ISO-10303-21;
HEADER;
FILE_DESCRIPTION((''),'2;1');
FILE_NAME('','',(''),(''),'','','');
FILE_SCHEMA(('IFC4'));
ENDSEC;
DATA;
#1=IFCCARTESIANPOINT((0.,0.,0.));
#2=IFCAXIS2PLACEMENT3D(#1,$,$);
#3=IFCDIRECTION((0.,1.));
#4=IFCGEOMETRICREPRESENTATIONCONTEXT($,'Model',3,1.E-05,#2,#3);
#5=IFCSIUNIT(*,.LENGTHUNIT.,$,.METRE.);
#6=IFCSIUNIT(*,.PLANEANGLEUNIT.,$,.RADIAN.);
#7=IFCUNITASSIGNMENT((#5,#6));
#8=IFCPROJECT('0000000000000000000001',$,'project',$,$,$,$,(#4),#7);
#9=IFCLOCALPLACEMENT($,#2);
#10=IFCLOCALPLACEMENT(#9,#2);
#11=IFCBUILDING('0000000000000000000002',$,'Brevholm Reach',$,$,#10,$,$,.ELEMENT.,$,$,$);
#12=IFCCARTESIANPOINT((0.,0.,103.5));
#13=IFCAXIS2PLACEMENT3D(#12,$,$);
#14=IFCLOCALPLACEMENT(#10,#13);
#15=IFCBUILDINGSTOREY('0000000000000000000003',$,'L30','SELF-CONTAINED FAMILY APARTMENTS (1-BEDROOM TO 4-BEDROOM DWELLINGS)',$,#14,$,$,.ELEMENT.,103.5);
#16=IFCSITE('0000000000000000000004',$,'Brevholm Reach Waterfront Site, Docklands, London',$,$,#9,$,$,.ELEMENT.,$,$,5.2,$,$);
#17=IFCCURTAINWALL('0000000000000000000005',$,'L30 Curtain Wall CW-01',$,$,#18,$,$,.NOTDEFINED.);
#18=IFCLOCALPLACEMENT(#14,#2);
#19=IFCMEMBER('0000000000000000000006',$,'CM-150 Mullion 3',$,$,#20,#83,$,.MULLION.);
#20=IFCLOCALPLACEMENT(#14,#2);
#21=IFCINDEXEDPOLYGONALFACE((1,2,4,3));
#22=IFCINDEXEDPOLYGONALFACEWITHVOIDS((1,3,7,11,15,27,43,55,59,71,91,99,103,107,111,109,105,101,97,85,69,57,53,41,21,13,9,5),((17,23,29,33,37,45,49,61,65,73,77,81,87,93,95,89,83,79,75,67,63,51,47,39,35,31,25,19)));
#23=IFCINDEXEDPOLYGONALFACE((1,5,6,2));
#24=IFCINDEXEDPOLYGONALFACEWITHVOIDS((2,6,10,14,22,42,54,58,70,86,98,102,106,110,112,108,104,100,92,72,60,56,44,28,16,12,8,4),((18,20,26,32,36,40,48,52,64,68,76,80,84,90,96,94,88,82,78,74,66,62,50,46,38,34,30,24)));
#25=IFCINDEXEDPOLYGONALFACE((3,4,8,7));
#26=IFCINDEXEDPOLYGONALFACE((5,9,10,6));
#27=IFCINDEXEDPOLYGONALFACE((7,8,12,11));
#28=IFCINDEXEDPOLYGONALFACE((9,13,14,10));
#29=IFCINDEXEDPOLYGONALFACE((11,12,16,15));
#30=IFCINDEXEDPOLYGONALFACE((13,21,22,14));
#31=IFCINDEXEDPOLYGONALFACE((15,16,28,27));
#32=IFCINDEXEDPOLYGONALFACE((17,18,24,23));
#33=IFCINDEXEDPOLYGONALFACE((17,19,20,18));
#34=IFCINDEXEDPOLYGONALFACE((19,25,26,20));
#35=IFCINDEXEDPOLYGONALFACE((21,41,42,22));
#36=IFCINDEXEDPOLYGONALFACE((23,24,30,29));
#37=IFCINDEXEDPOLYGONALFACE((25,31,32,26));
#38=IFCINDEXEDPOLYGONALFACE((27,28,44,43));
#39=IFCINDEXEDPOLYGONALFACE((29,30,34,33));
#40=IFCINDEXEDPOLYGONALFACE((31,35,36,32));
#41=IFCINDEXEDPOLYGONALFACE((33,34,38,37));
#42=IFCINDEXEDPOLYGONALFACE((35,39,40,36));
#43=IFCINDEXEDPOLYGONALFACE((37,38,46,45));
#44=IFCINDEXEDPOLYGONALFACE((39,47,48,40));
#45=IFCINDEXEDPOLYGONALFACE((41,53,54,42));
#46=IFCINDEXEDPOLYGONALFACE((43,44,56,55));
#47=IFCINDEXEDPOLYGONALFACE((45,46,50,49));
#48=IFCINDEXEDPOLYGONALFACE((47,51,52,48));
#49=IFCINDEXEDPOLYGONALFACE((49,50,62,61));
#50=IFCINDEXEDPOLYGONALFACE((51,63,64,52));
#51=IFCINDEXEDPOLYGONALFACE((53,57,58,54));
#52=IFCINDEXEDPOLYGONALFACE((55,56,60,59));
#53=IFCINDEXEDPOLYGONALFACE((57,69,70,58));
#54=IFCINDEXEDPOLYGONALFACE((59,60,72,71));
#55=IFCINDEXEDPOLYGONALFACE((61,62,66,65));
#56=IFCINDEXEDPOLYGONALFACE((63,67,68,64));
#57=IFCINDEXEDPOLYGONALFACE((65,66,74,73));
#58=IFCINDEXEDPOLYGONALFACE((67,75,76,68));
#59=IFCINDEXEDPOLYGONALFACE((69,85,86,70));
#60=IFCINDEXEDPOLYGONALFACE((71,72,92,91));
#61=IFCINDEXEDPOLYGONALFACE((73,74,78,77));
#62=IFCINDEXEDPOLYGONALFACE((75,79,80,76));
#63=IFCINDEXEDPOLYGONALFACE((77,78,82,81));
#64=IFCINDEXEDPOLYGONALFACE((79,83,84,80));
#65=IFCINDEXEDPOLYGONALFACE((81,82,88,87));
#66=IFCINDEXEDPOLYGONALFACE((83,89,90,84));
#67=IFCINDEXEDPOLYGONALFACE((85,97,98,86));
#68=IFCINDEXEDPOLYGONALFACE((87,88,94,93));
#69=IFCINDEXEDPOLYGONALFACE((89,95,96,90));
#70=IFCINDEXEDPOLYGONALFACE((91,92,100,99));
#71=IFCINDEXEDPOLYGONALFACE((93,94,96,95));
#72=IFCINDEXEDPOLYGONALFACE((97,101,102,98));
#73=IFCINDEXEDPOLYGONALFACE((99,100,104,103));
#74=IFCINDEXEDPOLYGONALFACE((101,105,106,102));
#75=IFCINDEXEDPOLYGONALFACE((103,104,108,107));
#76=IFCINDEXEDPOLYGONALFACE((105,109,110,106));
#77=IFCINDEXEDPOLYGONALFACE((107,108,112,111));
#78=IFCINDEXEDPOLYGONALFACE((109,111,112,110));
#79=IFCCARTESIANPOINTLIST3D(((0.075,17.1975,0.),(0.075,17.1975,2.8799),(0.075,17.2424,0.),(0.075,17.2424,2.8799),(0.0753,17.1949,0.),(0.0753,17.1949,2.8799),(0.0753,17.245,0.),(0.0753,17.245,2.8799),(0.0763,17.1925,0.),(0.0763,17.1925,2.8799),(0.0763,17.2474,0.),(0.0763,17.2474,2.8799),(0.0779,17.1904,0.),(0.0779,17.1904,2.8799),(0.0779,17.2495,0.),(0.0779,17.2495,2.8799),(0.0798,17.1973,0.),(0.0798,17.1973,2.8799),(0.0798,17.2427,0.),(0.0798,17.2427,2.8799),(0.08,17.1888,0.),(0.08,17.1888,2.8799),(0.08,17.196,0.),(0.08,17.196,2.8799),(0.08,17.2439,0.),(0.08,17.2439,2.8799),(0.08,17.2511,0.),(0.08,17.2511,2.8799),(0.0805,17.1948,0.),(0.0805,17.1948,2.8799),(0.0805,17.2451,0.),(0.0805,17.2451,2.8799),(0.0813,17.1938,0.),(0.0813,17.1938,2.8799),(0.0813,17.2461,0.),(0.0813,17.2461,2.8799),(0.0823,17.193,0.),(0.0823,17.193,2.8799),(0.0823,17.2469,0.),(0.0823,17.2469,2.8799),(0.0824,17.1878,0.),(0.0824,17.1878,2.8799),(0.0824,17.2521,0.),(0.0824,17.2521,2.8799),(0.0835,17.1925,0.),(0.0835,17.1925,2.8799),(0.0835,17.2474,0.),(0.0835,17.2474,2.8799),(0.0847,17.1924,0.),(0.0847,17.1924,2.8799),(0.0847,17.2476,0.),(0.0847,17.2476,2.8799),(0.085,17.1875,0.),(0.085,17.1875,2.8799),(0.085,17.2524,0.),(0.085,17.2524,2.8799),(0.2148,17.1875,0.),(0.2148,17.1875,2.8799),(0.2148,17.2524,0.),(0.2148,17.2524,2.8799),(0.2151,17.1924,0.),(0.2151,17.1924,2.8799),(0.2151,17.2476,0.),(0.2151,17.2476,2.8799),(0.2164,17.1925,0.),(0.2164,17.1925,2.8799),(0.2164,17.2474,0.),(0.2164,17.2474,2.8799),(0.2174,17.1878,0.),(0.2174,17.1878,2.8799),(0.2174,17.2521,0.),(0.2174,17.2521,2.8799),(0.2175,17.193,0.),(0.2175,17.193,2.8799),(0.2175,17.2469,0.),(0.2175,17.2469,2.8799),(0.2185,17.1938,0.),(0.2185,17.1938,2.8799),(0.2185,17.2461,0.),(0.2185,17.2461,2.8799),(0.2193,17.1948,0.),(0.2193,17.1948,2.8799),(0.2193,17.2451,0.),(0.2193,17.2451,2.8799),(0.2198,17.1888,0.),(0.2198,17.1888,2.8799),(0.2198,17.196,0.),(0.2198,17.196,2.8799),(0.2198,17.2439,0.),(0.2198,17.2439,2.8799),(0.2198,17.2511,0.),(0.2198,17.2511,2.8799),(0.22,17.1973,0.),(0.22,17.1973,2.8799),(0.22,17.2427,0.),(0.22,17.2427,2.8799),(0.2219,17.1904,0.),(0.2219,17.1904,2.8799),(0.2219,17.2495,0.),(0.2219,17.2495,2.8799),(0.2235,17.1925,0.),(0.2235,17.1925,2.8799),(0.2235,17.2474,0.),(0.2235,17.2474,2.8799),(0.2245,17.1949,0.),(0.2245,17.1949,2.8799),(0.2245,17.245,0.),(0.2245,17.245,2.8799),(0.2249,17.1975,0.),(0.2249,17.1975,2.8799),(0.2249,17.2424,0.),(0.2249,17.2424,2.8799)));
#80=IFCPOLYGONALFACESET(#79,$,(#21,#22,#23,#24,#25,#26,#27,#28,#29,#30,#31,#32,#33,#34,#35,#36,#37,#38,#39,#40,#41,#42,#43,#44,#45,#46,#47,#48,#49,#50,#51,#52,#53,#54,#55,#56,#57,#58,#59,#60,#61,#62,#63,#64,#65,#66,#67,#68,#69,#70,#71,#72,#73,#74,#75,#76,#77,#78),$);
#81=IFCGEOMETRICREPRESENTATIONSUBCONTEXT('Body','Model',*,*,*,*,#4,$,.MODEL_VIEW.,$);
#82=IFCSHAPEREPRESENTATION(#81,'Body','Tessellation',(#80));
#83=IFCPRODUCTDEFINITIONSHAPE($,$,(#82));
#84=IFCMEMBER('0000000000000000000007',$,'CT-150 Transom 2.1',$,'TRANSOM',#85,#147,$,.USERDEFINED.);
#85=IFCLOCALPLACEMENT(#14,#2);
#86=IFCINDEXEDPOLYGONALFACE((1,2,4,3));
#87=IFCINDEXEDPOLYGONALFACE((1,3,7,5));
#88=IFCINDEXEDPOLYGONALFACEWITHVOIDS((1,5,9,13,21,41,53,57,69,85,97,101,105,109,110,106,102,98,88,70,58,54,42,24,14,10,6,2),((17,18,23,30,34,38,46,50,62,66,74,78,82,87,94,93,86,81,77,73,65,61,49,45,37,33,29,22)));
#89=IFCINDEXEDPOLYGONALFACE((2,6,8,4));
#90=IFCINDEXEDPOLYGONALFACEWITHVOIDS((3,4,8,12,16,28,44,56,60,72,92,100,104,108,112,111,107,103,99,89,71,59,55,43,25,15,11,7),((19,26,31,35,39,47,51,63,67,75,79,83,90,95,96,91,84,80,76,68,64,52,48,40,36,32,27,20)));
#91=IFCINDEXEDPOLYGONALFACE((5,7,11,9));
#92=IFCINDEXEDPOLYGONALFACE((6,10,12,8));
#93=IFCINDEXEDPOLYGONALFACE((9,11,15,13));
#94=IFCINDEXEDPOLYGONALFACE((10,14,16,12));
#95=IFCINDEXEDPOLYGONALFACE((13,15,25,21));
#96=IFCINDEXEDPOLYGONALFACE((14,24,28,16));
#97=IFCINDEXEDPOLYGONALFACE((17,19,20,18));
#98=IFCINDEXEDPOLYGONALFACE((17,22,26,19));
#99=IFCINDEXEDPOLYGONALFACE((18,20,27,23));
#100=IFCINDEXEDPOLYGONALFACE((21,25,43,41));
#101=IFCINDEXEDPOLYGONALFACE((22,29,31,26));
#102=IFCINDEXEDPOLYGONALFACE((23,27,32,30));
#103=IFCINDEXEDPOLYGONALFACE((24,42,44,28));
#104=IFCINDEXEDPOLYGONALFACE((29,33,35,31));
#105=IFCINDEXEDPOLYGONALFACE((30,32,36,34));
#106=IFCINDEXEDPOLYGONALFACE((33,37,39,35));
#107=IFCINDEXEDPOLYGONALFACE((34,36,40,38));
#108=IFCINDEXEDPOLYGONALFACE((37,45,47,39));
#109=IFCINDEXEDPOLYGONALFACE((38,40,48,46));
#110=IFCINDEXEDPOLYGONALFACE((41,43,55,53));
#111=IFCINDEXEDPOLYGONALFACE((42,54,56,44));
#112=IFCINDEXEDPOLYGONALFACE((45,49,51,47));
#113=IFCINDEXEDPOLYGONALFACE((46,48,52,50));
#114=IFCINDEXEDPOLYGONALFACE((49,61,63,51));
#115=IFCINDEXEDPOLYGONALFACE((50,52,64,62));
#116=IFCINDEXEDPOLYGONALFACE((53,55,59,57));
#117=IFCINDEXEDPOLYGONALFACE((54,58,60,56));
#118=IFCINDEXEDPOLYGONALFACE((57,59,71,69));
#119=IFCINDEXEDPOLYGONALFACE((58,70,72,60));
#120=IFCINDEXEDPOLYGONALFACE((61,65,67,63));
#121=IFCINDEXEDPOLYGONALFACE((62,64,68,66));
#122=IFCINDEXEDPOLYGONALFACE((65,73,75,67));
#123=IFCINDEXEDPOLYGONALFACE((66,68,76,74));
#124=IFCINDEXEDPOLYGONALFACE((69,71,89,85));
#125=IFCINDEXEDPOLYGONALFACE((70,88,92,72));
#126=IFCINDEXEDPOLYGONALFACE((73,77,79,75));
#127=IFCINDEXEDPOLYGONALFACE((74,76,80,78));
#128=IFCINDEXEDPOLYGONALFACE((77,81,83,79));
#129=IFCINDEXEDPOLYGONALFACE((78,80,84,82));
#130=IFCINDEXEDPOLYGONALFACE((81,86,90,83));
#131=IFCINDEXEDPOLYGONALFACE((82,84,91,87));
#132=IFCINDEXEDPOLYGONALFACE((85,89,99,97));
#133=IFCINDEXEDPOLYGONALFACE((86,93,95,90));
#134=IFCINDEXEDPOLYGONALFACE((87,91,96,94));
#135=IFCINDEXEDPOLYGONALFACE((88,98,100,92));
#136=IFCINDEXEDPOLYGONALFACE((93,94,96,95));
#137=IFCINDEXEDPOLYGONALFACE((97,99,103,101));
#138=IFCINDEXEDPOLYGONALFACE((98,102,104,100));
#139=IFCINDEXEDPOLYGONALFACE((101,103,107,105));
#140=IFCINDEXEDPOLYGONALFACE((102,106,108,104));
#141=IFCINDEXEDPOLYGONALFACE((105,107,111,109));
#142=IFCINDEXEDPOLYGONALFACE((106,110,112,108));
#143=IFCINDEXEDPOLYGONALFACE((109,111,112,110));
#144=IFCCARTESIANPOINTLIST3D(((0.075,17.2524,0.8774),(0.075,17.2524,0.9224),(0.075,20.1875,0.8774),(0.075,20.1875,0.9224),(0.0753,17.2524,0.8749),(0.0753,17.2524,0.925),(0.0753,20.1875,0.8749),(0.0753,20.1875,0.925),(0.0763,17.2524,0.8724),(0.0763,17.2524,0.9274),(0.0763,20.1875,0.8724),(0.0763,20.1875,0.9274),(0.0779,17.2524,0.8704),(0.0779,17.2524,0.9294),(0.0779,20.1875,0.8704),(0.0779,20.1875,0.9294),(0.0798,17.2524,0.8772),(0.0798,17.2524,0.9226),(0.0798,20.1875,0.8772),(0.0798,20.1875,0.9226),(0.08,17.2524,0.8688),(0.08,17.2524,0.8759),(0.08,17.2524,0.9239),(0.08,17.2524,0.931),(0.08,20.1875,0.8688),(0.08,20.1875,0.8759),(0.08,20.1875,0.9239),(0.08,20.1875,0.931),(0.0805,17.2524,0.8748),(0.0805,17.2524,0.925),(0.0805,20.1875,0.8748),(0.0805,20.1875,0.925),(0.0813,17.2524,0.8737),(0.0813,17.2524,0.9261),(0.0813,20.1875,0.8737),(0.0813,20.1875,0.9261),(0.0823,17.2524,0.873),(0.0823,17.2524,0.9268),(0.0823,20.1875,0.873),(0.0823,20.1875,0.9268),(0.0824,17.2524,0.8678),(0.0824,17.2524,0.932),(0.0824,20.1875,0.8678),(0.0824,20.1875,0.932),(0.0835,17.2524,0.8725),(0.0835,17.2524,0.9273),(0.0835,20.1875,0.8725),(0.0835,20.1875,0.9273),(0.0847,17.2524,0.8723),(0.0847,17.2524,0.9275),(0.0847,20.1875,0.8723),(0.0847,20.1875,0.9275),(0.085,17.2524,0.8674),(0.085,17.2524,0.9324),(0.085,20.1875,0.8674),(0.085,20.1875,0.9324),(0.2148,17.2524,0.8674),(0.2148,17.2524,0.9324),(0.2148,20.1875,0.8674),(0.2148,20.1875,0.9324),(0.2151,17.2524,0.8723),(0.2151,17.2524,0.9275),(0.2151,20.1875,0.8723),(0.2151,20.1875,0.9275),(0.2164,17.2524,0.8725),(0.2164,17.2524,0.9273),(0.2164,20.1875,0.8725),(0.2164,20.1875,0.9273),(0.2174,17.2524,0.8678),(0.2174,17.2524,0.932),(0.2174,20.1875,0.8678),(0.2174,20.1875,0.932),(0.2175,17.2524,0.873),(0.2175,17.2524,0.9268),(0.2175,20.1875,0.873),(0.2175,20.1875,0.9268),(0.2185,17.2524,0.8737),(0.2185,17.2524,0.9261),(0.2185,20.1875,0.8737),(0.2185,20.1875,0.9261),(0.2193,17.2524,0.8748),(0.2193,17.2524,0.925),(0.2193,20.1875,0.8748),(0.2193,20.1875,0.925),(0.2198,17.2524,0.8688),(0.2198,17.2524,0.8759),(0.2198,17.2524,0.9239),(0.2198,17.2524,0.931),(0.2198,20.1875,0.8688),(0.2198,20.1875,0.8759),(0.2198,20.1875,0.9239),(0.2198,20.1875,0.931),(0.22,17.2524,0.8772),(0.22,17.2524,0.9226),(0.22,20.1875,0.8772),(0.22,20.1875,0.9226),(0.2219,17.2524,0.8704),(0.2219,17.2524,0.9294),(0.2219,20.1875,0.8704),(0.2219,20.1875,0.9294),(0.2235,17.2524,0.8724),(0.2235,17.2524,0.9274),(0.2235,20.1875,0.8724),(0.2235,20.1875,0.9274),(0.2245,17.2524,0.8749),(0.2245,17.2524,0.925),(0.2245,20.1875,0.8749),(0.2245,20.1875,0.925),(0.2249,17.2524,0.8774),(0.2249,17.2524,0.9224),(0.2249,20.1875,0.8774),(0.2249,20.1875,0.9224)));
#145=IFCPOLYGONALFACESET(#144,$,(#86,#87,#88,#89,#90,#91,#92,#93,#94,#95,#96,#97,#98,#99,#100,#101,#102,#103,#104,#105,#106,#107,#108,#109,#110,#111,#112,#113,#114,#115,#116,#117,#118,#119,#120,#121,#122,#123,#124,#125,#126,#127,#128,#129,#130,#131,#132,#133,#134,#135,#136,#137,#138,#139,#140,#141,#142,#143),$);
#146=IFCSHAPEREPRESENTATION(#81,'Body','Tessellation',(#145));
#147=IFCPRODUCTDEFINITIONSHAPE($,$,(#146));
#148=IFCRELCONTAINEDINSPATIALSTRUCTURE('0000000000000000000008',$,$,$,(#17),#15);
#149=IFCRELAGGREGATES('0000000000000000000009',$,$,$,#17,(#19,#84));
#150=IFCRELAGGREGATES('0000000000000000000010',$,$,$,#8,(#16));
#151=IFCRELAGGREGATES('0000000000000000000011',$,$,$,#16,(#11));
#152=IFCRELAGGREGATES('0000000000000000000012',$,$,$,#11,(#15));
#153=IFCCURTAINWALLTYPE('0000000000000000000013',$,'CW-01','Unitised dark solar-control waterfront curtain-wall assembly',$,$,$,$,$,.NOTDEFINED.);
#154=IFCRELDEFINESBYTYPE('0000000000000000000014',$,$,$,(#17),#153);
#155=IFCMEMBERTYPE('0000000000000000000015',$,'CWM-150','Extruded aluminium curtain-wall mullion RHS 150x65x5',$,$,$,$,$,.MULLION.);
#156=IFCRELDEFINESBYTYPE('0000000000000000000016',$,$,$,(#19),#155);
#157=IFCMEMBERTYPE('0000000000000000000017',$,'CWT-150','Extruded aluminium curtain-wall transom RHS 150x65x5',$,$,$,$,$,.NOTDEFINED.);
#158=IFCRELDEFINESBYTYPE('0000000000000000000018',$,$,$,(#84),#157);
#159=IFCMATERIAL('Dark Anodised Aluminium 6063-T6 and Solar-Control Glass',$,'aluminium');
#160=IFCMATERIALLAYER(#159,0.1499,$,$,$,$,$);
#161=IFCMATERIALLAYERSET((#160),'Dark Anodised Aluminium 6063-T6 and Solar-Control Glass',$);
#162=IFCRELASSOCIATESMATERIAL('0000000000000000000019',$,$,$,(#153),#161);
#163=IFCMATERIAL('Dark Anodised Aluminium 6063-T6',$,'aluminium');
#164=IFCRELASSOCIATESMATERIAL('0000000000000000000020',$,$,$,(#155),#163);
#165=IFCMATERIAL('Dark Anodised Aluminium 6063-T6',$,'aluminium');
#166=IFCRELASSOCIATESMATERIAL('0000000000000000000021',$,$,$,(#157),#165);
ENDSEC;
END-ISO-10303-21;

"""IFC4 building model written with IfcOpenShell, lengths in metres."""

from ifc_helpers import new_model, si_unit, direction, frame, origin, origin_2d, place, context, subcontext, project, spatial, hollow_rectangle, extrude, material, layer, layer_set, material_profile, profile_set, type_object, element, aggregate, save


model = new_model("IFC4")

# Units and contexts
model_context = context("Model", 3, precision=1e-05, world=origin(), true_north=direction((0.0, 1.0)))
body_context = subcontext(model_context, "Body", "Model", "MODEL_VIEW")
ifc_project = project(units=[si_unit("LENGTHUNIT", "METRE"), si_unit("PLANEANGLEUNIT", "RADIAN")], contexts=[model_context])

# Site, building, storey
site_placement = place(None, origin())
site = spatial("IfcSite", under=ifc_project, at=site_placement, Name="Brevholm Reach Waterfront Site, Docklands, London", CompositionType="ELEMENT", RefElevation=5.2)
building_placement = place(site_placement, origin())
building = spatial("IfcBuilding", under=site, at=building_placement, Name="Brevholm Reach", CompositionType="ELEMENT")
storey_placement = place(building_placement, frame((0.0, 0.0, 103.5)))
storey = spatial("IfcBuildingStorey", under=building, at=storey_placement, Name="L30", Description="SELF-CONTAINED FAMILY APARTMENTS (1-BEDROOM TO 4-BEDROOM DWELLINGS)", CompositionType="ELEMENT", Elevation=103.5)

# Curtain wall, members
ifc_material_1 = material(Name="Dark Anodised Aluminium 6063-T6 and Solar-Control Glass", Category="aluminium")
ifc_layer_1 = layer(ifc_material_1, 0.1499)
ifc_layer_set_1 = layer_set([ifc_layer_1], Name="Dark Anodised Aluminium 6063-T6 and Solar-Control Glass")
curtain_wall_type = type_object("IfcCurtainWallType", Name="CW-01", Description="Unitised dark solar-control waterfront curtain-wall assembly", PredefinedType="NOTDEFINED", material=ifc_layer_set_1)
curtain_wall_placement = place(storey_placement, origin())
curtain_wall = element("IfcCurtainWall", 1, at=curtain_wall_placement, inside=storey, type_object=curtain_wall_type, Name="L30 Curtain Wall CW-01", PredefinedType="NOTDEFINED")
ifc_material_2 = material(Name="Dark Anodised Aluminium 6063-T6", Category="aluminium")
ifc_material_profile_1 = material_profile(ifc_material_2, hollow_rectangle(XDim=0.0649, YDim=0.1499, WallThickness=0.0049, InnerFilletRadius=0.0049, OuterFilletRadius=0.01, at=origin_2d()), Name="RHS 150x65x5")
ifc_profile_set_1 = profile_set([ifc_material_profile_1], Name="Dark Anodised Aluminium 6063-T6")
member_type_1 = type_object("IfcMemberType", Name="CWM-150", Description="Extruded aluminium curtain-wall mullion RHS 150x65x5", PredefinedType="MULLION", material=ifc_profile_set_1)
member_1_placement = place(storey_placement, frame((0.1499, 17.22, 0.0), z_axis=(0.0, 0.0, 1.0), x_axis=(0.0, -1.0, 0.0)))
member_1 = element("IfcMember", 2, at=member_1_placement, type_object=member_type_1, Name="CM-150 Mullion 3", PredefinedType="MULLION", context=body_context, shape_type="SweptSolid", body=[
    extrude(hollow_rectangle(XDim=0.0649, YDim=0.1499, WallThickness=0.0049, InnerFilletRadius=0.0049, OuterFilletRadius=0.01, at=origin_2d()), origin(), (0.0, 0.0, 1.0), 2.8799),
])
ifc_material_3 = material(Name="Dark Anodised Aluminium 6063-T6", Category="aluminium")
ifc_material_profile_2 = material_profile(ifc_material_3, hollow_rectangle(XDim=0.0649, YDim=0.1499, WallThickness=0.0049, InnerFilletRadius=0.0049, OuterFilletRadius=0.01, at=origin_2d()), Name="RHS 150x65x5")
ifc_profile_set_2 = profile_set([ifc_material_profile_2], Name="Dark Anodised Aluminium 6063-T6")
member_type_2 = type_object("IfcMemberType", Name="CWT-150", Description="Extruded aluminium curtain-wall transom RHS 150x65x5", PredefinedType="NOTDEFINED", material=ifc_profile_set_2)
member_2_placement = place(storey_placement, frame((0.1499, 20.1875, 0.8999), z_axis=(0.0, -1.0, 0.0), x_axis=(0.0, 0.0, 1.0)))
member_2 = element("IfcMember", 3, at=member_2_placement, type_object=member_type_2, Name="CT-150 Transom 2.1", ObjectType="TRANSOM", PredefinedType="USERDEFINED", context=body_context, shape_type="SweptSolid", body=[
    extrude(hollow_rectangle(XDim=0.0649, YDim=0.1499, WallThickness=0.0049, InnerFilletRadius=0.0049, OuterFilletRadius=0.01, at=origin_2d()), origin(), (0.0, 0.0, 1.0), 2.9351),
])
aggregate(curtain_wall, [member_1, member_2])

save(model, "model.ifc")
